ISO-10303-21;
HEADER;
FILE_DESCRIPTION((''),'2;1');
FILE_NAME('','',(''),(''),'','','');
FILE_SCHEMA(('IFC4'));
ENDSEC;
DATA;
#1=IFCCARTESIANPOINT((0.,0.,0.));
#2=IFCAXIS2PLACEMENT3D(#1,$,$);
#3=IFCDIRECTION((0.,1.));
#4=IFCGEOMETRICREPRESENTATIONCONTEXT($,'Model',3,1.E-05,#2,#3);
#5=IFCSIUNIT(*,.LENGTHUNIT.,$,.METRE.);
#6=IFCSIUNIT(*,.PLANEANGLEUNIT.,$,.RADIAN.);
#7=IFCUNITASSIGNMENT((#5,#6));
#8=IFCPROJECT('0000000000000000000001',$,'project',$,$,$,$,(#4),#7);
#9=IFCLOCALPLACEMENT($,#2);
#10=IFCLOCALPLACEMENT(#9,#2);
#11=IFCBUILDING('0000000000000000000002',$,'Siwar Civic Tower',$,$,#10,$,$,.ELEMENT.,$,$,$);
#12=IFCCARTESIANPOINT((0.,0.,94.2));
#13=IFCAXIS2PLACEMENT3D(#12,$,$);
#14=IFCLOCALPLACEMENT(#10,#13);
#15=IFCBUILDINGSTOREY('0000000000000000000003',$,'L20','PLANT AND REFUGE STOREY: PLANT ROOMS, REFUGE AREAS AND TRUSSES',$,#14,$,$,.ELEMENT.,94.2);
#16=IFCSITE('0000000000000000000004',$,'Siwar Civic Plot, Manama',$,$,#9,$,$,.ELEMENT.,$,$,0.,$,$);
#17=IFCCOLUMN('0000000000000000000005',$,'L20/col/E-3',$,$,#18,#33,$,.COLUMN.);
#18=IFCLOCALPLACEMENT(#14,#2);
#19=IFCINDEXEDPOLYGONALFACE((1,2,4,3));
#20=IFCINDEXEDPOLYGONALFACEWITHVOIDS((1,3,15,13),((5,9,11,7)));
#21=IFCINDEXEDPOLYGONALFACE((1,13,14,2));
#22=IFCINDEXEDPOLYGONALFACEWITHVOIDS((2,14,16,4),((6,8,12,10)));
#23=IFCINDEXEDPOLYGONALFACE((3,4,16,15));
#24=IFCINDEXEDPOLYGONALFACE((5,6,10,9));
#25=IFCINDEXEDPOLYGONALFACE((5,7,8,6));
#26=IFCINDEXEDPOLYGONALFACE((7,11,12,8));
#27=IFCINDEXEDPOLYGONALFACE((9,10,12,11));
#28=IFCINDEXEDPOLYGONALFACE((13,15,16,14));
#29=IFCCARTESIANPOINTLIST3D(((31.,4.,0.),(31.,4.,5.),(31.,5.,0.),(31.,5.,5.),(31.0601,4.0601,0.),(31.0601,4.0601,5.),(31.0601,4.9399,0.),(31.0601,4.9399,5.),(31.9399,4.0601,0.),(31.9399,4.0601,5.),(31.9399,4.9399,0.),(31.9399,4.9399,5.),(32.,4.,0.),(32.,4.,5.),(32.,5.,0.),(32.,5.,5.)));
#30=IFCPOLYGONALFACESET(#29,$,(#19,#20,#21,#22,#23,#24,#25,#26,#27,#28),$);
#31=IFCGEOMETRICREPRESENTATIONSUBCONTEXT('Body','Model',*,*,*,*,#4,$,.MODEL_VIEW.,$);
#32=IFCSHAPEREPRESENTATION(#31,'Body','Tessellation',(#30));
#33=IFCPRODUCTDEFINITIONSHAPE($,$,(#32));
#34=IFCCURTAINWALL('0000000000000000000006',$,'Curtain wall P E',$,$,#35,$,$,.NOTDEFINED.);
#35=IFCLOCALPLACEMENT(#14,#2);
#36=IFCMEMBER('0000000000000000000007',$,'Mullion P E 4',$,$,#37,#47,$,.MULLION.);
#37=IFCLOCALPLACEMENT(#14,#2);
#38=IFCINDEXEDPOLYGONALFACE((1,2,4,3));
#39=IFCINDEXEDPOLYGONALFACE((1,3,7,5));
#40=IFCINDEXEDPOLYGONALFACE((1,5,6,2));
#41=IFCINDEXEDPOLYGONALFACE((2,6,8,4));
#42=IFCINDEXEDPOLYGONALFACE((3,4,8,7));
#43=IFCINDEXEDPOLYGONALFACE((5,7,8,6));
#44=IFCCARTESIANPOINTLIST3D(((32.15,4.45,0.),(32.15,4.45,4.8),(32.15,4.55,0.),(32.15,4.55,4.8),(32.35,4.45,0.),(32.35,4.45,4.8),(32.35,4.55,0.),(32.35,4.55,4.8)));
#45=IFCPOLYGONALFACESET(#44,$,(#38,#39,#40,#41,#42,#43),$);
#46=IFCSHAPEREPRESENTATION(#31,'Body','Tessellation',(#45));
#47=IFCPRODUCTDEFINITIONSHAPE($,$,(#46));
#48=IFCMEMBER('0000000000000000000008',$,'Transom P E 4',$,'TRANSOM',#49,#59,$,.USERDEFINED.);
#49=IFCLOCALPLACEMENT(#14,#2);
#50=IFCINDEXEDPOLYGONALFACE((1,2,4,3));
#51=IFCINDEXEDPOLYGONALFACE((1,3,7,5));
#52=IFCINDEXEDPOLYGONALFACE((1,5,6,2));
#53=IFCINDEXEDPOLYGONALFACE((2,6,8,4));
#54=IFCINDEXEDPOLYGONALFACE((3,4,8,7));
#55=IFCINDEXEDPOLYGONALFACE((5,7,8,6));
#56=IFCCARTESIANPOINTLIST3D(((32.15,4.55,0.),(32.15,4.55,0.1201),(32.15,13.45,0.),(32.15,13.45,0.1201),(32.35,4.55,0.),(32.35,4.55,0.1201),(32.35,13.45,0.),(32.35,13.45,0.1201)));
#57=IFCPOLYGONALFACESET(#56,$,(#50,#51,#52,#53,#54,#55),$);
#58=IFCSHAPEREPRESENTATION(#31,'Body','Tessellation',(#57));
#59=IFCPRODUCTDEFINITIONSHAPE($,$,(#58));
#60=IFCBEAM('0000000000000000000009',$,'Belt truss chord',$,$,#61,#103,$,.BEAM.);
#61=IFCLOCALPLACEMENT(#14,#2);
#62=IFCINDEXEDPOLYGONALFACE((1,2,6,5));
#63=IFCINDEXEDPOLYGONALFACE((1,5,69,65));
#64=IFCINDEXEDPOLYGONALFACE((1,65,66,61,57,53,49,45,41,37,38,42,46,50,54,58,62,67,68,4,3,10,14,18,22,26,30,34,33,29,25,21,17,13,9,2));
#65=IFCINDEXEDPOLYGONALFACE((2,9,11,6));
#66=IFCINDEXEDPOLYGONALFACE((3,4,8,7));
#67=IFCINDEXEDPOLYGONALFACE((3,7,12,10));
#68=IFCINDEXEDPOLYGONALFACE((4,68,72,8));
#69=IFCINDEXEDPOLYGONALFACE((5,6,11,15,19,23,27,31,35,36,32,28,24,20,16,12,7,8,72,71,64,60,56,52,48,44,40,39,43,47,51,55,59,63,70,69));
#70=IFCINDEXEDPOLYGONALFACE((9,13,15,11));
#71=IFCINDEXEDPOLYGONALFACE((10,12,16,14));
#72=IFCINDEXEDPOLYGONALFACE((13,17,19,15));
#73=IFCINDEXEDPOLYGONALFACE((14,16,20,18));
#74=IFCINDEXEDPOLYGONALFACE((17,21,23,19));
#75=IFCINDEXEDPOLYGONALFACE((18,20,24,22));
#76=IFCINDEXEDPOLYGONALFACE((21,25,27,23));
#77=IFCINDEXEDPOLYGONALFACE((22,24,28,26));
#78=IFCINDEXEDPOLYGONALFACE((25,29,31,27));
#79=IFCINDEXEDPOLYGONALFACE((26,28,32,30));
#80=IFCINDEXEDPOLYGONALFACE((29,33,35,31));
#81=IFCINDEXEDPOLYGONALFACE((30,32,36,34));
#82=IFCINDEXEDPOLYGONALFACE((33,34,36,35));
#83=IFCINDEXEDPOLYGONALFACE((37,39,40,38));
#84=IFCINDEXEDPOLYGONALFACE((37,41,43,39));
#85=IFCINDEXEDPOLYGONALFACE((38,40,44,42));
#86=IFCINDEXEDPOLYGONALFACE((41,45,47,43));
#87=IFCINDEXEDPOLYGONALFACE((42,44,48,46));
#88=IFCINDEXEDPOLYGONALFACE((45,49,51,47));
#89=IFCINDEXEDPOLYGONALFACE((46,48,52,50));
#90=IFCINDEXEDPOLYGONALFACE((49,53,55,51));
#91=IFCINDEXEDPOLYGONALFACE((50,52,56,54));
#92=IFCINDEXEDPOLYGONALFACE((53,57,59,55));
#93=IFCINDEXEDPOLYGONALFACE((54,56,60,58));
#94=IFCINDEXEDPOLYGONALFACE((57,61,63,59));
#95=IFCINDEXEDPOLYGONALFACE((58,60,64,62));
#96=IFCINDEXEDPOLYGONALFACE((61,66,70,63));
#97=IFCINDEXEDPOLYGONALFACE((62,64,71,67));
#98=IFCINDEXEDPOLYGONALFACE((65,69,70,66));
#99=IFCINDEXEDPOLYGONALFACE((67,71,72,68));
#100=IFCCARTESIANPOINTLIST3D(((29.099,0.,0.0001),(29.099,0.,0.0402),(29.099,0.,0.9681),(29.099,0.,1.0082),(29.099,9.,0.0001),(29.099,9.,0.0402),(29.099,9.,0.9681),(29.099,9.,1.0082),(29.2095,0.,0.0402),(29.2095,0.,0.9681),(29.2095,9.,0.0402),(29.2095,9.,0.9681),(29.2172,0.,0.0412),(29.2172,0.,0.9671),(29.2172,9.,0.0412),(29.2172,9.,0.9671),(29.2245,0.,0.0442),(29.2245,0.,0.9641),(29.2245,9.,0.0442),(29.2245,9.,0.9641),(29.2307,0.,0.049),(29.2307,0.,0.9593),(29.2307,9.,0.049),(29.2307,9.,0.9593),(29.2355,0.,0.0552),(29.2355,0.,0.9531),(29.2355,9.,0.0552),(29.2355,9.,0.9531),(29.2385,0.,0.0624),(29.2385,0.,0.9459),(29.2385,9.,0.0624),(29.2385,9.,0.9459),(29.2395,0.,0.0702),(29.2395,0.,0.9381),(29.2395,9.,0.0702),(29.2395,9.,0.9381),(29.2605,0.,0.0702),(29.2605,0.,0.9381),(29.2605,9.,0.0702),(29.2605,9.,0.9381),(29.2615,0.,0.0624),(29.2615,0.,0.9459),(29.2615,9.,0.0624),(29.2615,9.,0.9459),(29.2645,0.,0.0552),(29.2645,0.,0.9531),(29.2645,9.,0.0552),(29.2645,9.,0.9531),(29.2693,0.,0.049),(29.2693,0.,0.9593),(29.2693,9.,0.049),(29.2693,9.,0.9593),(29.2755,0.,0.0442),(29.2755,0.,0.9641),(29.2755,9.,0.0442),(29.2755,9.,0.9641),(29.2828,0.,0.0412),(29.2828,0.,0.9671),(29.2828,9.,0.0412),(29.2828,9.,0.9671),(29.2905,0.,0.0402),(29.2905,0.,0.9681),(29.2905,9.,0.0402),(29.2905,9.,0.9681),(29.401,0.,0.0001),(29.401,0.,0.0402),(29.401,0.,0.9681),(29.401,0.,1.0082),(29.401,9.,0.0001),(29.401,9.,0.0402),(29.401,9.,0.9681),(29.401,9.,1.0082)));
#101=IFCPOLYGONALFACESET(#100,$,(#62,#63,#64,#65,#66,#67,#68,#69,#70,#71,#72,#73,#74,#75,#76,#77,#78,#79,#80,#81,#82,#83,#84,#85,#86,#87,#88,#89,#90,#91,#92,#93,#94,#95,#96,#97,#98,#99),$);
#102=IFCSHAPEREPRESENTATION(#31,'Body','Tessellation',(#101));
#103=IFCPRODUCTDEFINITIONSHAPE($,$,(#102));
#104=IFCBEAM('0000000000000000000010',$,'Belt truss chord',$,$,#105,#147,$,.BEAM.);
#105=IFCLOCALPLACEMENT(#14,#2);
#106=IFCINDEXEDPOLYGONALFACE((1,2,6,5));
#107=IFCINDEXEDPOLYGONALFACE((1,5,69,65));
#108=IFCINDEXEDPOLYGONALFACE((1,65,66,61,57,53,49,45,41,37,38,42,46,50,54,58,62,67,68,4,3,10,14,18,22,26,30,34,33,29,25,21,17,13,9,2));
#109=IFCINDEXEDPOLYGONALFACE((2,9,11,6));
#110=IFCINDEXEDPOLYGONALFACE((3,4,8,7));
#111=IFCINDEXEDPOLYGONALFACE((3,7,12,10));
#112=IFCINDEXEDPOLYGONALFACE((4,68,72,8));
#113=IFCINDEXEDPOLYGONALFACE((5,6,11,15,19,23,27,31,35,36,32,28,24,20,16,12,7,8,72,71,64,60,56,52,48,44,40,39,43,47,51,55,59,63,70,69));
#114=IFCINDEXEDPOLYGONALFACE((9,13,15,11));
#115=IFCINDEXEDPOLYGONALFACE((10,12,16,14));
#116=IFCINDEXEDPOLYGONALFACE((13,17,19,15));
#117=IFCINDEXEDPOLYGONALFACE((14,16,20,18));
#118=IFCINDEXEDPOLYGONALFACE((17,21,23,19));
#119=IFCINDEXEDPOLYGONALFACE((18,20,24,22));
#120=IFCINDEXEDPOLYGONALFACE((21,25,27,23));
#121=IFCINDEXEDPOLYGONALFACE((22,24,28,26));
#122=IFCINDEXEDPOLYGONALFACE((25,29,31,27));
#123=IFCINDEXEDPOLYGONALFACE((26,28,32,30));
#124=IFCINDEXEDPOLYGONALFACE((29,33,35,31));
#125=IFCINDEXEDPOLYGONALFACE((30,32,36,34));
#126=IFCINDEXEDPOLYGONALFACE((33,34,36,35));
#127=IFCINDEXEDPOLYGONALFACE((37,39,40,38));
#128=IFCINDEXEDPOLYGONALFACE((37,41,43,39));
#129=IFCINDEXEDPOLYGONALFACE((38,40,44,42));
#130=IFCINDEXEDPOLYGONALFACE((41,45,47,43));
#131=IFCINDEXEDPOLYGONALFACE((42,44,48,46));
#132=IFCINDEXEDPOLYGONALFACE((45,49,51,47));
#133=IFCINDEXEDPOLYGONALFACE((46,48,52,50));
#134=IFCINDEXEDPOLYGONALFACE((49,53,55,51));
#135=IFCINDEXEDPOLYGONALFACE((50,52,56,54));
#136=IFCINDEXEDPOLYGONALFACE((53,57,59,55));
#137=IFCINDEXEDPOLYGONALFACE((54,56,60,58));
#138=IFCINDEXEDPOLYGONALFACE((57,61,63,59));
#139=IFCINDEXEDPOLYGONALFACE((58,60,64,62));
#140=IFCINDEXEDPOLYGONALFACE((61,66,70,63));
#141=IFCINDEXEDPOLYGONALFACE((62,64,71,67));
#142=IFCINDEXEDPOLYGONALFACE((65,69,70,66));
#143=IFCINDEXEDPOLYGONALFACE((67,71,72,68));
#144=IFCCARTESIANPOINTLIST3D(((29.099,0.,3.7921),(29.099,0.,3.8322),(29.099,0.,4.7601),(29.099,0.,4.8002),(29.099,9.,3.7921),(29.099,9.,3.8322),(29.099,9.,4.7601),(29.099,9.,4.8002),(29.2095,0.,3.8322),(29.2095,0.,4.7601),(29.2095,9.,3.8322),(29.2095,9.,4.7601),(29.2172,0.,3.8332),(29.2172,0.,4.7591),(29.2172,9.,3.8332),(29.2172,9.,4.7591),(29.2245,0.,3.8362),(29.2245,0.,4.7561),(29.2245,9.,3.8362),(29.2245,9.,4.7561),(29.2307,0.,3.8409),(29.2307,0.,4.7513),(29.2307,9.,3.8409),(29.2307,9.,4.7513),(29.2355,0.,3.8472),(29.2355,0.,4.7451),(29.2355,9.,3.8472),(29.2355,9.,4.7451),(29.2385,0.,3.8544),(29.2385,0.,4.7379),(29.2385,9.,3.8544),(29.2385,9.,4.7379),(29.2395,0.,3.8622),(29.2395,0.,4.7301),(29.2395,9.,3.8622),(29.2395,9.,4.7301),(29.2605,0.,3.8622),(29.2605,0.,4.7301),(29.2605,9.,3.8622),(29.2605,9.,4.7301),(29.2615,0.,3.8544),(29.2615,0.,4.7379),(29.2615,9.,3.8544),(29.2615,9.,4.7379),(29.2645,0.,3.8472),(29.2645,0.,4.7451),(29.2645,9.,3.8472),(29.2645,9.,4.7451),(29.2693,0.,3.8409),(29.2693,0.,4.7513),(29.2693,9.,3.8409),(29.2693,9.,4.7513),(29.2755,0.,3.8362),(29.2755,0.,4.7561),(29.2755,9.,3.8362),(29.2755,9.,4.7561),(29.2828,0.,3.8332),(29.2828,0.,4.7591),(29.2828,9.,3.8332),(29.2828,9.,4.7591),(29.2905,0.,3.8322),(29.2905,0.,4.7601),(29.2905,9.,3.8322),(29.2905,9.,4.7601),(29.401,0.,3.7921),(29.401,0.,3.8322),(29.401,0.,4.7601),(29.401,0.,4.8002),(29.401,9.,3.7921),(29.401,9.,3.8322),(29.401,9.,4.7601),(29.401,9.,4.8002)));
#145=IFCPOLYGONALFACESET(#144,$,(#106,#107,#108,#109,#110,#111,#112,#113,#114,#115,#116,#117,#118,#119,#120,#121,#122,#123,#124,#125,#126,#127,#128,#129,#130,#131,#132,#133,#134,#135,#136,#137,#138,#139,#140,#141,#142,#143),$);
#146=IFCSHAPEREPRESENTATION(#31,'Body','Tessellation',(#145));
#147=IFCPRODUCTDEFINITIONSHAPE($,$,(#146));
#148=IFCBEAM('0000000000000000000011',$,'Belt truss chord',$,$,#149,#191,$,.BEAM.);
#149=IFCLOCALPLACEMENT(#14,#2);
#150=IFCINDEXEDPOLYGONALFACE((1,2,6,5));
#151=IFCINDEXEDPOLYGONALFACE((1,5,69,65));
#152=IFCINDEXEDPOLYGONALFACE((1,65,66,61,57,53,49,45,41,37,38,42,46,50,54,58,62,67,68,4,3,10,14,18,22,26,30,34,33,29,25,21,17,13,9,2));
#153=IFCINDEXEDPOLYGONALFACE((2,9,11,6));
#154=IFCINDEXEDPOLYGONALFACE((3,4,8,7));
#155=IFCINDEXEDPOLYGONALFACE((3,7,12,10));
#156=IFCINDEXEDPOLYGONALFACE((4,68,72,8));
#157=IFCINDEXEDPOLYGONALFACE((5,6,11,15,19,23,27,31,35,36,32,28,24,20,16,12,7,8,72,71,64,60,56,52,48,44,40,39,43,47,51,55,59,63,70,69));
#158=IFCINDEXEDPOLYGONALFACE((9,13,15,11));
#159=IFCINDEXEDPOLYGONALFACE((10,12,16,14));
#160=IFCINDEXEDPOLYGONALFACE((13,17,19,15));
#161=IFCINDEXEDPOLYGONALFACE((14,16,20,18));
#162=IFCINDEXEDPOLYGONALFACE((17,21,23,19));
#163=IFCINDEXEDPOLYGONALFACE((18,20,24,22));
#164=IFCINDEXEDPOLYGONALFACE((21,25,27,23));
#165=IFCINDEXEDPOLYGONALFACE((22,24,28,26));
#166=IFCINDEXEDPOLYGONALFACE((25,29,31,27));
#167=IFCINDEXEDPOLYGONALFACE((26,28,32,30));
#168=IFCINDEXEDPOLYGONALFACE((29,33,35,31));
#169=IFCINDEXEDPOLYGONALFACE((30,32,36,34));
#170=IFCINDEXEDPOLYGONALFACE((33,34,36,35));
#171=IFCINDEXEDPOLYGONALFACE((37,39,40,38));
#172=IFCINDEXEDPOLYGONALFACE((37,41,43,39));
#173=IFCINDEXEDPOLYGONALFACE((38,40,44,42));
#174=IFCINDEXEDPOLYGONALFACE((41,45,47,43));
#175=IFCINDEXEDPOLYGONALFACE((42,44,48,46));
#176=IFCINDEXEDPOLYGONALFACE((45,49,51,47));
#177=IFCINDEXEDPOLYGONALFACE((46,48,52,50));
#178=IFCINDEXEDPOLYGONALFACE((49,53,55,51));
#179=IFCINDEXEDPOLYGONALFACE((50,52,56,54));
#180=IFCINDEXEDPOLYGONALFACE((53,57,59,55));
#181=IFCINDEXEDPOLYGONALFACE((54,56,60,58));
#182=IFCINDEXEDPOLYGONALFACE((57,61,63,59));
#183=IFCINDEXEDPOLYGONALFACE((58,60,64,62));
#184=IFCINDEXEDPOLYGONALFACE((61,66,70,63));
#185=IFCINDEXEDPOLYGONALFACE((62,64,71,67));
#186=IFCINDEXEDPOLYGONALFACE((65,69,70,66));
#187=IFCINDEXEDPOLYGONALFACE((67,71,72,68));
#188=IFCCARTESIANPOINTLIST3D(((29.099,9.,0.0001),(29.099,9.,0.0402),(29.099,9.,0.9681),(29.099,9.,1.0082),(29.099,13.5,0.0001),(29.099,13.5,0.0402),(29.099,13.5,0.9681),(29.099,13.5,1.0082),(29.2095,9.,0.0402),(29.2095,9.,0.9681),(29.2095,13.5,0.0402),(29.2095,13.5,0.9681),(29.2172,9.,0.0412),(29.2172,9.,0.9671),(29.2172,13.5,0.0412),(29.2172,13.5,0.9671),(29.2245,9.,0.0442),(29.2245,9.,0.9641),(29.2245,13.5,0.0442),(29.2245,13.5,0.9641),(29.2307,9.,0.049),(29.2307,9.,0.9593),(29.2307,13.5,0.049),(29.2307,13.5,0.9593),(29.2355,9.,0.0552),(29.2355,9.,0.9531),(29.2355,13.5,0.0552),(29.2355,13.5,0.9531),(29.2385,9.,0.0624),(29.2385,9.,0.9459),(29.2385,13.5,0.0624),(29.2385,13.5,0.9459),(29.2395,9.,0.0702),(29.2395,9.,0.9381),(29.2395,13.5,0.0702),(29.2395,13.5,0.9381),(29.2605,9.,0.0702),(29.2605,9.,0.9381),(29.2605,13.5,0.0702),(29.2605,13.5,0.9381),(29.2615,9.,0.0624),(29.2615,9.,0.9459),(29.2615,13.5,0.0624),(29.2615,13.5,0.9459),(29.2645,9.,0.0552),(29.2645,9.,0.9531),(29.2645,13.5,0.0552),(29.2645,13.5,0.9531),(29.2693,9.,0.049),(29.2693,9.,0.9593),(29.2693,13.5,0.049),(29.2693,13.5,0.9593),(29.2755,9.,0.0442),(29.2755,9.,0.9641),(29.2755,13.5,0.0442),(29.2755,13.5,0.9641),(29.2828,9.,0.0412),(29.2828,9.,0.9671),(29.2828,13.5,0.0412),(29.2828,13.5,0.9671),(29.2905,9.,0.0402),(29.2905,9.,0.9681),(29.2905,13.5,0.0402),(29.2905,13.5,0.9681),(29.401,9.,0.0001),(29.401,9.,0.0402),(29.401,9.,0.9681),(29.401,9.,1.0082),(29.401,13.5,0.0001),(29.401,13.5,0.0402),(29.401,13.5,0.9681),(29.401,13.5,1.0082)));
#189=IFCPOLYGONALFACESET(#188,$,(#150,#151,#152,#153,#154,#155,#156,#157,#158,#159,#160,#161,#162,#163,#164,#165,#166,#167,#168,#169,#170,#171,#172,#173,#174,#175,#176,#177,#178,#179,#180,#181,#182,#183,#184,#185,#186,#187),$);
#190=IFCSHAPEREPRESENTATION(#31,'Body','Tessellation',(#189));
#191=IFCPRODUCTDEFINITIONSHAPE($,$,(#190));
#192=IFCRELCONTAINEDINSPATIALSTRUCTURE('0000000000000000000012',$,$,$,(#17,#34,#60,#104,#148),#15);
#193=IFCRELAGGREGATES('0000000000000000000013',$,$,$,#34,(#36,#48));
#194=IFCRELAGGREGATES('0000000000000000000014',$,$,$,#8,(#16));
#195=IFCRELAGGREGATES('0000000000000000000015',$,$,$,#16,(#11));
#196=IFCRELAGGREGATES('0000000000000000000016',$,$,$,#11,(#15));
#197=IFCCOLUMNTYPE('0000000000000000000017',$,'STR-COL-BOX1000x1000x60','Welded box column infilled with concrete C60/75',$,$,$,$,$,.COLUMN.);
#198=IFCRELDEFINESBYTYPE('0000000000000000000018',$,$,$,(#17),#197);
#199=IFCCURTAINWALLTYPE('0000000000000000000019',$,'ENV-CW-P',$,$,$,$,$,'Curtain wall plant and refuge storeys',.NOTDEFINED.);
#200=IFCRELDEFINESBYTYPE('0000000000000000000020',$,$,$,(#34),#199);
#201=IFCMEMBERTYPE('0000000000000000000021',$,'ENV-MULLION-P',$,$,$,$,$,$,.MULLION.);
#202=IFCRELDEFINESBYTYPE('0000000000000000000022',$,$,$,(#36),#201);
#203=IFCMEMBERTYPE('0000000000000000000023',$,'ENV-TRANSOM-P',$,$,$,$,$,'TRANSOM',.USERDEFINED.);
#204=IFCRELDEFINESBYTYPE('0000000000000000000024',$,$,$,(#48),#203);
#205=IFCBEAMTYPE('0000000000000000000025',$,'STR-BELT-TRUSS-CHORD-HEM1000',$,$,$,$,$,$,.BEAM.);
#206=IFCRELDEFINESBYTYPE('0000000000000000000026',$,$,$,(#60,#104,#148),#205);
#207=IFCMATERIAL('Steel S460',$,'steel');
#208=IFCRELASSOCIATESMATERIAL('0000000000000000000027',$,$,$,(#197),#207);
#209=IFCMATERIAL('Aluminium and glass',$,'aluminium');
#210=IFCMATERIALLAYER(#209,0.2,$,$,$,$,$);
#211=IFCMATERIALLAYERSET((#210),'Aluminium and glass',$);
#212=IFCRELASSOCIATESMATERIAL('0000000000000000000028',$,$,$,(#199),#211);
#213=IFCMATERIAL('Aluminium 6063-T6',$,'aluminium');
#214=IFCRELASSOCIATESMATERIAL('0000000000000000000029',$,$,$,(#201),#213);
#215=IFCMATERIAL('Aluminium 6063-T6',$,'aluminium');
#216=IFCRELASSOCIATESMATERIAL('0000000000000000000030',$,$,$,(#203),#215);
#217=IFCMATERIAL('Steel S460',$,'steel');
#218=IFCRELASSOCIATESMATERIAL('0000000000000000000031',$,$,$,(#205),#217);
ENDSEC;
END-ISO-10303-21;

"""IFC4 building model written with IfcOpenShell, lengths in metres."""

from ifc_helpers import new_model, si_unit, direction, frame, origin, origin_2d, place, context, subcontext, project, spatial, rectangle, hollow_rectangle, i_section, extrude, material, layer, layer_set, material_profile, profile_set, type_object, element, aggregate, save


model = new_model("IFC4")

# Units and contexts
model_context = context("Model", 3, precision=1e-05, world=origin(), true_north=direction((0.0, 1.0)))
body_context = subcontext(model_context, "Body", "Model", "MODEL_VIEW")
ifc_project = project(units=[si_unit("LENGTHUNIT", "METRE"), si_unit("PLANEANGLEUNIT", "RADIAN")], contexts=[model_context])

# Site, building, storey
site_placement = place(None, origin())
site = spatial("IfcSite", under=ifc_project, at=site_placement, Name="Siwar Civic Plot, Manama", CompositionType="ELEMENT", RefElevation=0.0)
building_placement = place(site_placement, origin())
building = spatial("IfcBuilding", under=site, at=building_placement, Name="Siwar Civic Tower", CompositionType="ELEMENT")
storey_placement = place(building_placement, frame((0.0, 0.0, 94.2)))
storey = spatial("IfcBuildingStorey", under=building, at=storey_placement, Name="L20", Description="PLANT AND REFUGE STOREY: PLANT ROOMS, REFUGE AREAS AND TRUSSES", CompositionType="ELEMENT", Elevation=94.2)

# Column
ifc_material_1 = material(Name="Steel S460", Category="steel")
ifc_material_profile_1 = material_profile(ifc_material_1, hollow_rectangle(XDim=1.0, YDim=1.0, WallThickness=0.0601, at=origin_2d()), Name="BOX1000x1000x60")
ifc_profile_set_1 = profile_set([ifc_material_profile_1], Name="Steel S460")
column_type = type_object("IfcColumnType", Name="STR-COL-BOX1000x1000x60", Description="Welded box column infilled with concrete C60/75", PredefinedType="COLUMN", material=ifc_profile_set_1)
column_placement = place(storey_placement, frame((31.5, 4.5, 0.0), z_axis=(0.0, 0.0, 1.0), x_axis=(1.0, 0.0, 0.0)))
element("IfcColumn", 1, at=column_placement, inside=storey, type_object=column_type, Name="L20/col/E-3", PredefinedType="COLUMN", context=body_context, shape_type="SweptSolid", body=[
    extrude(hollow_rectangle(XDim=1.0, YDim=1.0, WallThickness=0.0601, at=origin_2d()), origin(), (0.0, 0.0, 1.0), 5.0),
])

# Curtain wall, members
ifc_material_2 = material(Name="Aluminium and glass", Category="aluminium")
ifc_layer_1 = layer(ifc_material_2, 0.2)
ifc_layer_set_1 = layer_set([ifc_layer_1], Name="Aluminium and glass")
curtain_wall_type = type_object("IfcCurtainWallType", Name="ENV-CW-P", ElementType="Curtain wall plant and refuge storeys", PredefinedType="NOTDEFINED", material=ifc_layer_set_1)
curtain_wall_placement = place(storey_placement, origin())
curtain_wall = element("IfcCurtainWall", 2, at=curtain_wall_placement, inside=storey, type_object=curtain_wall_type, Name="Curtain wall P E", PredefinedType="NOTDEFINED")
ifc_material_3 = material(Name="Aluminium 6063-T6", Category="aluminium")
ifc_material_profile_2 = material_profile(ifc_material_3, rectangle(XDim=0.2, YDim=0.1001, at=origin_2d()), Name="AL 200x100")
ifc_profile_set_2 = profile_set([ifc_material_profile_2], Name="Aluminium 6063-T6")
member_type_1 = type_object("IfcMemberType", Name="ENV-MULLION-P", PredefinedType="MULLION", material=ifc_profile_set_2)
member_1_placement = place(storey_placement, frame((32.25, 4.5, 0.0), z_axis=(0.0, 0.0, 1.0), x_axis=(-1.0, 0.0, 0.0)))
member_1 = element("IfcMember", 3, at=member_1_placement, type_object=member_type_1, Name="Mullion P E 4", PredefinedType="MULLION", context=body_context, shape_type="SweptSolid", body=[
    extrude(rectangle(XDim=0.2, YDim=0.1001, at=origin_2d()), origin(), (0.0, 0.0, 1.0), 4.8),
])
ifc_material_4 = material(Name="Aluminium 6063-T6", Category="aluminium")
ifc_material_profile_3 = material_profile(ifc_material_4, rectangle(XDim=0.2, YDim=0.1201, at=origin_2d()), Name="AL 200x120")
ifc_profile_set_3 = profile_set([ifc_material_profile_3], Name="Aluminium 6063-T6")
member_type_2 = type_object("IfcMemberType", Name="ENV-TRANSOM-P", ElementType="TRANSOM", PredefinedType="USERDEFINED", material=ifc_profile_set_3)
member_2_placement = place(storey_placement, frame((32.25, 4.55, 0.0601), z_axis=(0.0, 1.0, 0.0), x_axis=(-1.0, 0.0, 0.0)))
member_2 = element("IfcMember", 4, at=member_2_placement, type_object=member_type_2, Name="Transom P E 4", ObjectType="TRANSOM", PredefinedType="USERDEFINED", context=body_context, shape_type="SweptSolid", body=[
    extrude(rectangle(XDim=0.2, YDim=0.1201, at=origin_2d()), origin(), (0.0, 0.0, 1.0), 8.8999),
])

# Beams
ifc_material_5 = material(Name="Steel S460", Category="steel")
ifc_material_profile_4 = material_profile(ifc_material_5, i_section(OverallWidth=0.302, OverallDepth=1.0081, WebThickness=0.021, FlangeThickness=0.04, FilletRadius=0.03, at=origin_2d()), Name="HEM1000")
ifc_profile_set_4 = profile_set([ifc_material_profile_4], Name="Steel S460")
beam_type_1 = type_object("IfcBeamType", Name="STR-BELT-TRUSS-CHORD-HEM1000", PredefinedType="BEAM", material=ifc_profile_set_4)
for number, where, z_axis, x_axis, name in (
    (5, (29.25, 0.0, 0.5042), (0.0, 1.0, 0.0), (-1.0, 0.0, 0.0), "Belt truss chord"),
    (6, (29.25, 0.0, 4.2961), (0.0, 1.0, 0.0), (-1.0, 0.0, 0.0), "Belt truss chord"),
):
    element("IfcBeam", number, at=place(storey_placement, frame(where, z_axis=z_axis, x_axis=x_axis)), inside=storey, type_object=beam_type_1, Name=name, PredefinedType="BEAM", context=body_context, shape_type="SweptSolid", body=[
        extrude(i_section(OverallWidth=0.302, OverallDepth=1.0081, WebThickness=0.021, FlangeThickness=0.04, FilletRadius=0.03, at=origin_2d()), origin(), (0.0, 0.0, 1.0), 9.0),
    ])
for number, where, z_axis, x_axis, name in (
    (7, (29.25, 9.0, 0.5042), (0.0, 1.0, 0.0), (-1.0, 0.0, 0.0), "Belt truss chord"),
):
    element("IfcBeam", number, at=place(storey_placement, frame(where, z_axis=z_axis, x_axis=x_axis)), inside=storey, type_object=beam_type_1, Name=name, PredefinedType="BEAM", context=body_context, shape_type="SweptSolid", body=[
        extrude(i_section(OverallWidth=0.302, OverallDepth=1.0081, WebThickness=0.021, FlangeThickness=0.04, FilletRadius=0.03, at=origin_2d()), origin(), (0.0, 0.0, 1.0), 4.5),
    ])

aggregate(curtain_wall, [member_1, member_2])

save(model, "model.ifc")
